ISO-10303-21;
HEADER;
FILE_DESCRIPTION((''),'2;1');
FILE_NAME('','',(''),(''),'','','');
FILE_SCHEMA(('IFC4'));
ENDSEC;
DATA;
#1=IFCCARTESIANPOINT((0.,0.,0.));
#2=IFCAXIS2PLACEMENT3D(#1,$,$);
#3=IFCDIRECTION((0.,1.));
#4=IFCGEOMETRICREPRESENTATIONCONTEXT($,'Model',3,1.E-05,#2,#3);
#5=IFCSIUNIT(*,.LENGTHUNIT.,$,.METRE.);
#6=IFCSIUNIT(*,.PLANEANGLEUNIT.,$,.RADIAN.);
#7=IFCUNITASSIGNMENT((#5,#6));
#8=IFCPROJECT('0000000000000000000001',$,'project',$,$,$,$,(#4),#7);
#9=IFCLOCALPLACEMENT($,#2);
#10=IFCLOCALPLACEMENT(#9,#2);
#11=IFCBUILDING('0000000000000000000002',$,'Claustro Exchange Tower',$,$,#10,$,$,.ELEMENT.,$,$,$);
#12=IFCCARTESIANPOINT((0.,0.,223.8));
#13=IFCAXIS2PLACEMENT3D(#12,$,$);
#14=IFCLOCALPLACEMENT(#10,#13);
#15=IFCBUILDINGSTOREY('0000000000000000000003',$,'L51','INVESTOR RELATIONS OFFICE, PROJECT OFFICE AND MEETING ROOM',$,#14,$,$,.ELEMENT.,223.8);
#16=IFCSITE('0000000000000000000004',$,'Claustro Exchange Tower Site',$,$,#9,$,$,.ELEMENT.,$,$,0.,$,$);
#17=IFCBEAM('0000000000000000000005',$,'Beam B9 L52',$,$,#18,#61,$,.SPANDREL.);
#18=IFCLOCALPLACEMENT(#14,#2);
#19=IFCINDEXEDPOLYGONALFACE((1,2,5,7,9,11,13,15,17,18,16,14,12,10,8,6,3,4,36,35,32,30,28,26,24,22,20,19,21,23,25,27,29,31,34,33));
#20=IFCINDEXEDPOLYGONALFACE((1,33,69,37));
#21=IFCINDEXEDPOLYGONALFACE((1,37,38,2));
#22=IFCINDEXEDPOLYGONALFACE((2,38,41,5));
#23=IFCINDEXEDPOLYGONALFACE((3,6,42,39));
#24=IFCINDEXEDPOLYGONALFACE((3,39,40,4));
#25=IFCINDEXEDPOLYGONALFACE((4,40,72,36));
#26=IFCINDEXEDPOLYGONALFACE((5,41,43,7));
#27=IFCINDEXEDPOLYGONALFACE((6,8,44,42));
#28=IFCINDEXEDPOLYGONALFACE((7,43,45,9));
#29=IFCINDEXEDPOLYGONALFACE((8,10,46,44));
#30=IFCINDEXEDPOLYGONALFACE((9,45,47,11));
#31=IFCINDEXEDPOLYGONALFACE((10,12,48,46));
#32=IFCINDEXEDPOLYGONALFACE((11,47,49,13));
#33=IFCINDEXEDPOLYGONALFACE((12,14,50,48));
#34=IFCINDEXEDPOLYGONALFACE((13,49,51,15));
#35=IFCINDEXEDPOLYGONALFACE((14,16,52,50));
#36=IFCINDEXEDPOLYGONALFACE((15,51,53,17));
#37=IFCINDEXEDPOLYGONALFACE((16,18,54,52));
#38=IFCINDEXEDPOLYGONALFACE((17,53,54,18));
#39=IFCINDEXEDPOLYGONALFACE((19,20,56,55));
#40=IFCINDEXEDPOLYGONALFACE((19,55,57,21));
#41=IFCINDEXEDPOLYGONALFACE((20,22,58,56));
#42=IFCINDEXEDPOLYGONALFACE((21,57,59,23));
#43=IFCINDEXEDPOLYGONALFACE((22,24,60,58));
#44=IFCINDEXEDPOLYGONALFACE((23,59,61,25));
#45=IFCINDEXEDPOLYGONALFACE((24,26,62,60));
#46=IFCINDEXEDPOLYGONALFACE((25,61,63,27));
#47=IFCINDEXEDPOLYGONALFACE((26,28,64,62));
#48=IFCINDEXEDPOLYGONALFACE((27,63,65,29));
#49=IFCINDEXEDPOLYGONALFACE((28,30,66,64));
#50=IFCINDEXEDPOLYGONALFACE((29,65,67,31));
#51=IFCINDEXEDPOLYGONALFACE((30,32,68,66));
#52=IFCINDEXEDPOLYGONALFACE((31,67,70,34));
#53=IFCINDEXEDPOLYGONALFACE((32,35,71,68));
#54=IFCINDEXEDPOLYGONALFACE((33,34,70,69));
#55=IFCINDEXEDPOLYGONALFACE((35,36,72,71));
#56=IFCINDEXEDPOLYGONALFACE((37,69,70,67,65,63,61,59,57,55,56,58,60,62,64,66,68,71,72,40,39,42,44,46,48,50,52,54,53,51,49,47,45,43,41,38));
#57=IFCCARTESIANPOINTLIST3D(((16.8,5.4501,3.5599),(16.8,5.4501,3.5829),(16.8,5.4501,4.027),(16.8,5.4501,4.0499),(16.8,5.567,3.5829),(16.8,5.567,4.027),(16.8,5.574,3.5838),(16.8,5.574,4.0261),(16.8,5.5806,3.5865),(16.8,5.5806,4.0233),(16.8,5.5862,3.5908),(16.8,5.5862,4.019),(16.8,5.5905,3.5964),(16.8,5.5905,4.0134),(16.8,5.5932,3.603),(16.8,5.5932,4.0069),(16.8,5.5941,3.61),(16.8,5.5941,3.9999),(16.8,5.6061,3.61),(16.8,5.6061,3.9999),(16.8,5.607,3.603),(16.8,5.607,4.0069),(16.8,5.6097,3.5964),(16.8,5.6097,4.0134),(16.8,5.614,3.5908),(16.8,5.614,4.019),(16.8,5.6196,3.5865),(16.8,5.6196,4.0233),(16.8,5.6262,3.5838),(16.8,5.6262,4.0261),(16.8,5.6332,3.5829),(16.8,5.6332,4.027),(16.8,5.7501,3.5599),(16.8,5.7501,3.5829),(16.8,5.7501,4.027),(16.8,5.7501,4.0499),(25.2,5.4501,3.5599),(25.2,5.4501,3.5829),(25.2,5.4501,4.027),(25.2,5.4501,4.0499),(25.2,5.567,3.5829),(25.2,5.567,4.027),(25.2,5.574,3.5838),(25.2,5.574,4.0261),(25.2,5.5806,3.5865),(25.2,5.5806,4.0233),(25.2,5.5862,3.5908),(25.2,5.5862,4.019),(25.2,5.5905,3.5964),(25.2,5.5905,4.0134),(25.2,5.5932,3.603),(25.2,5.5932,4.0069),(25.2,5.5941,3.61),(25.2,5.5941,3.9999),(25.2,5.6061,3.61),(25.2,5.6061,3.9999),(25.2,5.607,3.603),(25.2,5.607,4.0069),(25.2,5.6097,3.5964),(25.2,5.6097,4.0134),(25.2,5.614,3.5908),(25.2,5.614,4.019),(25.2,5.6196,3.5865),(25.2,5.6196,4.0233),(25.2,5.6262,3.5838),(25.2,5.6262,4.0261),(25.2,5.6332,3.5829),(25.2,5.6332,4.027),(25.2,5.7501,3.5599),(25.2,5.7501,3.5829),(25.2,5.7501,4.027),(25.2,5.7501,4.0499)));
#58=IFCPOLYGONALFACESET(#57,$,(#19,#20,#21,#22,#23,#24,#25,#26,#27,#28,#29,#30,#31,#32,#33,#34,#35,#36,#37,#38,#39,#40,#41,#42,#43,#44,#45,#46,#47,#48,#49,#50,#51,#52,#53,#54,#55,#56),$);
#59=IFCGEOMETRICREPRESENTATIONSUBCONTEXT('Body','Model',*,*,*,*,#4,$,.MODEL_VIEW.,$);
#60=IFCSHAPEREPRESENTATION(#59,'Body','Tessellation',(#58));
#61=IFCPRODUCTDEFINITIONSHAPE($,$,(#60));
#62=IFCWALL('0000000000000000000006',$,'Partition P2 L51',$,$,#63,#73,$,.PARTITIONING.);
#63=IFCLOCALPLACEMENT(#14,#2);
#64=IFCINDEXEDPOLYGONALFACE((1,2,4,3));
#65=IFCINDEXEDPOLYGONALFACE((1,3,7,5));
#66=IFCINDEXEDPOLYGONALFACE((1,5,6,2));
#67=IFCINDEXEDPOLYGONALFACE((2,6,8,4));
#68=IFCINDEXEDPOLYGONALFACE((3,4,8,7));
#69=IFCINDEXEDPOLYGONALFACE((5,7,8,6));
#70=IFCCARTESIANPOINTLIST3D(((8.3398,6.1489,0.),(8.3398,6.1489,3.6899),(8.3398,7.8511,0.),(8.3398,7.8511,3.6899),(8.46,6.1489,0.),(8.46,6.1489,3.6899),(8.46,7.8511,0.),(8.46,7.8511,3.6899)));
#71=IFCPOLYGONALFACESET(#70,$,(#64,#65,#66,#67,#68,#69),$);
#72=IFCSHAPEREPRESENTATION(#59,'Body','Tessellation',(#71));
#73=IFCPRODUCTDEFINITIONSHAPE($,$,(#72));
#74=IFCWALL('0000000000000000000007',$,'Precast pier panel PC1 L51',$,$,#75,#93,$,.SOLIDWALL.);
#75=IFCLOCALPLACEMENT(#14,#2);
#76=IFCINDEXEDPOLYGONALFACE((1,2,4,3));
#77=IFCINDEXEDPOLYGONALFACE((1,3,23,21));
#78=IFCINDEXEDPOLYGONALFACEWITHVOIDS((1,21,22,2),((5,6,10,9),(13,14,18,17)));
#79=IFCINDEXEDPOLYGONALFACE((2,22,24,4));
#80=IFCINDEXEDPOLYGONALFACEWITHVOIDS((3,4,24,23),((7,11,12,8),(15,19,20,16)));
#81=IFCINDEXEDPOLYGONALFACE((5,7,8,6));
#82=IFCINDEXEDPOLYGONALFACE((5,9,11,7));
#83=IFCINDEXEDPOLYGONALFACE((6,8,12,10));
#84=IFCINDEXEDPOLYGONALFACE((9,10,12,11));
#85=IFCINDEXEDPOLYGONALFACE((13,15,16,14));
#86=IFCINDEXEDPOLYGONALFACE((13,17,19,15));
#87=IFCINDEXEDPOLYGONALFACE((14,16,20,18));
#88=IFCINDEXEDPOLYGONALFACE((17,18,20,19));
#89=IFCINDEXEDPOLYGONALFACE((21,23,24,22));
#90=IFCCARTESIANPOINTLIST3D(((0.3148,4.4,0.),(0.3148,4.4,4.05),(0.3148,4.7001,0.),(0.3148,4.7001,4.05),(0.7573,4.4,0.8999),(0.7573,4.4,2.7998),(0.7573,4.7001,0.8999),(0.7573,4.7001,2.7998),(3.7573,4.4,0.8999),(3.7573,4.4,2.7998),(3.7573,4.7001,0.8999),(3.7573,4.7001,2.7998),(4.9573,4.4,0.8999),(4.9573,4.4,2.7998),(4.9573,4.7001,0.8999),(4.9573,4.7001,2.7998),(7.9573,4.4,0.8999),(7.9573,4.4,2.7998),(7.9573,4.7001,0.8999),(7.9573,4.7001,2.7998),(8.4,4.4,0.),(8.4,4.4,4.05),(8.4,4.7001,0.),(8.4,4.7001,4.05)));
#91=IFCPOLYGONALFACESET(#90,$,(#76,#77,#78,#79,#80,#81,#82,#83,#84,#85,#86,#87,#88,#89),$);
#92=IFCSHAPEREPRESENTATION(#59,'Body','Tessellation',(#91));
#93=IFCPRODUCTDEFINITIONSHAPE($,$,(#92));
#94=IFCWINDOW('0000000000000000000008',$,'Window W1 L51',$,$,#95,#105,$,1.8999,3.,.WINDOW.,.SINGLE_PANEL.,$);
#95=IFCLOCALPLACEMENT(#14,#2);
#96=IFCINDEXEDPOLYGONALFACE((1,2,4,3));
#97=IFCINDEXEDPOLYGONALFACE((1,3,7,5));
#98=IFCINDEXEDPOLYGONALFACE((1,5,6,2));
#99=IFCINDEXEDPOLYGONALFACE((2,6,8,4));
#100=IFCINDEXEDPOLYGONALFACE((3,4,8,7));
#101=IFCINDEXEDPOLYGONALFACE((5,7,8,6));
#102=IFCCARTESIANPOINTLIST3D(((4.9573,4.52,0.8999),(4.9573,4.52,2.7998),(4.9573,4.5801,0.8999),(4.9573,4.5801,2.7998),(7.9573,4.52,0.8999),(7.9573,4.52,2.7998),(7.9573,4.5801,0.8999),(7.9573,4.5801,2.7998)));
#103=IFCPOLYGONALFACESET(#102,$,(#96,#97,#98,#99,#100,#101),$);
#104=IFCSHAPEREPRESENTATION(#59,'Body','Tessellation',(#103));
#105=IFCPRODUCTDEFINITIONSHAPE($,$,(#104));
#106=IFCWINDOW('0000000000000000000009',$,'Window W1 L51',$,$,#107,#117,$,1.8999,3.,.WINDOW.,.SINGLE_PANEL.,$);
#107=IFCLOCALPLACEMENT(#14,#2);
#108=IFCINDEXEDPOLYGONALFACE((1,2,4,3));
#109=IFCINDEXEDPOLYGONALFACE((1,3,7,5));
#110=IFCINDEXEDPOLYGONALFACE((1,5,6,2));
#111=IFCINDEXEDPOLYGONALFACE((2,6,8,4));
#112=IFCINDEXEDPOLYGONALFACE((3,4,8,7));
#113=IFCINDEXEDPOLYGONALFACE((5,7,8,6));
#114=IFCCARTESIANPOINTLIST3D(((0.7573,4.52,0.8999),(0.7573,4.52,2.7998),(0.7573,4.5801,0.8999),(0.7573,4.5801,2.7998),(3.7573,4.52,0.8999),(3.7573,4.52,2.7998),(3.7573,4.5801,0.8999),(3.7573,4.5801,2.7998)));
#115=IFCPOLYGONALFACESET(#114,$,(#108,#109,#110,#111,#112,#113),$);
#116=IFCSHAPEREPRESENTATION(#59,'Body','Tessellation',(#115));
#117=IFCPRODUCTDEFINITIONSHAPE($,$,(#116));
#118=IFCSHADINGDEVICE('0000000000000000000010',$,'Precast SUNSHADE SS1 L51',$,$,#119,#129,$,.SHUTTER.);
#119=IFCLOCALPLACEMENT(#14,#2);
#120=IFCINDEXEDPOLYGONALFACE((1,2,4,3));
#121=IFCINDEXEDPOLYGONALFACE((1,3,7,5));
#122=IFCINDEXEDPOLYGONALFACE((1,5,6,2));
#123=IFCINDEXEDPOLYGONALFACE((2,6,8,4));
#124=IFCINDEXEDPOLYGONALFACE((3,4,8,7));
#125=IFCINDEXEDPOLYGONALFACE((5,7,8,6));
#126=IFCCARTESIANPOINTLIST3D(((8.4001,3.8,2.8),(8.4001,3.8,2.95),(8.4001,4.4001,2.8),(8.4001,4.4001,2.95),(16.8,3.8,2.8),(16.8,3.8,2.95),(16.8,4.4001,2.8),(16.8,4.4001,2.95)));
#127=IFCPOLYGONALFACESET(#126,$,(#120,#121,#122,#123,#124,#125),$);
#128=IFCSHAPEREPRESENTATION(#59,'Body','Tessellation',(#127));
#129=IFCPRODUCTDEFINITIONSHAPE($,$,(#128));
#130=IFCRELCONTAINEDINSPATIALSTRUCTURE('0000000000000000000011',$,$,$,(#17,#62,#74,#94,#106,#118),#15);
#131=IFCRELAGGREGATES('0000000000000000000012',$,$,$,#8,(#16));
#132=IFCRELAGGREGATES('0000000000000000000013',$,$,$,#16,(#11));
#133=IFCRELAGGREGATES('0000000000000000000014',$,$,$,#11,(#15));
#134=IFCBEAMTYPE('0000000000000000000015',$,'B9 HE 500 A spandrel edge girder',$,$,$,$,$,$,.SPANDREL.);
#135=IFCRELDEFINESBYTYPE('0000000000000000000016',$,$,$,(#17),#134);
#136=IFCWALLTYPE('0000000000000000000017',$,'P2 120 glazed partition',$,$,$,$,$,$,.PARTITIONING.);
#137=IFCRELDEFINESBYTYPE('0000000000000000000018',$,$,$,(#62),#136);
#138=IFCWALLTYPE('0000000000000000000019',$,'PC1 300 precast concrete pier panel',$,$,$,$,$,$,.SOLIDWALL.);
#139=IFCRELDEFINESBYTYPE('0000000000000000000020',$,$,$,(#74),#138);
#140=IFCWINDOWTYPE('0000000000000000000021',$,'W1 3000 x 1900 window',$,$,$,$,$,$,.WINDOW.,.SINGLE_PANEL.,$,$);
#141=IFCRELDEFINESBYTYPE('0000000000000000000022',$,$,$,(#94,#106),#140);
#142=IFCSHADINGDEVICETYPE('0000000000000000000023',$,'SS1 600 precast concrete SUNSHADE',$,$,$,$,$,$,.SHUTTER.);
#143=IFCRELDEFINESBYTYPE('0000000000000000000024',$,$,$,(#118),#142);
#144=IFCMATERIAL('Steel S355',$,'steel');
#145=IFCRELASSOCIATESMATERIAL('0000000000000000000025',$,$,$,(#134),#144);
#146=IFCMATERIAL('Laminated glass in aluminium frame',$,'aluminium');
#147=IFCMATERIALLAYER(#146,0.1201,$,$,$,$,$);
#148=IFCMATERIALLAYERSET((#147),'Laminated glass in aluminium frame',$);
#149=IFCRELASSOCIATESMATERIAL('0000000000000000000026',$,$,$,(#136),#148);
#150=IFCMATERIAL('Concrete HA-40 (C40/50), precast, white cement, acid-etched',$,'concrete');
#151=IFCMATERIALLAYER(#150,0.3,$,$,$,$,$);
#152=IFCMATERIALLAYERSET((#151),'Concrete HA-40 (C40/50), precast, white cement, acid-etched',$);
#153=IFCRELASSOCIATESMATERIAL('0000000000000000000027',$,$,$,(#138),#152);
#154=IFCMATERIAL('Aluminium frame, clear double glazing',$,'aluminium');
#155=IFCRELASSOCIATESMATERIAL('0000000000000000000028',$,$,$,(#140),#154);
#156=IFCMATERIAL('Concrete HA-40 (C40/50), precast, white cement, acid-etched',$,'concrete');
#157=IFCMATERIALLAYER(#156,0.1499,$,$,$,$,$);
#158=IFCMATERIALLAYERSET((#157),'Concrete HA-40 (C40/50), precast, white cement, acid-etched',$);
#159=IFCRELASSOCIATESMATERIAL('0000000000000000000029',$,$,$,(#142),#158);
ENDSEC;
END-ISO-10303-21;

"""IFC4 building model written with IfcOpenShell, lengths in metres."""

from ifc_helpers import new_model, si_unit, direction, frame, frame_2d, origin, origin_2d, place, context, subcontext, project, spatial, rectangle, i_section, extrude, material, layer, layer_set, material_profile, profile_set, type_object, element, fill, save


model = new_model("IFC4")

# Units and contexts
model_context = context("Model", 3, precision=1e-05, world=origin(), true_north=direction((0.0, 1.0)))
body_context = subcontext(model_context, "Body", "Model", "MODEL_VIEW")
ifc_project = project(units=[si_unit("LENGTHUNIT", "METRE"), si_unit("PLANEANGLEUNIT", "RADIAN")], contexts=[model_context])

# Site, building, storey
site_placement = place(None, origin())
site = spatial("IfcSite", under=ifc_project, at=site_placement, Name="Claustro Exchange Tower Site", CompositionType="ELEMENT", RefElevation=0.0)
building_placement = place(site_placement, origin())
building = spatial("IfcBuilding", under=site, at=building_placement, Name="Claustro Exchange Tower", CompositionType="ELEMENT")
storey_placement = place(building_placement, frame((0.0, 0.0, 223.8)))
storey = spatial("IfcBuildingStorey", under=building, at=storey_placement, Name="L51", Description="INVESTOR RELATIONS OFFICE, PROJECT OFFICE AND MEETING ROOM", CompositionType="ELEMENT", Elevation=223.8)

# Beam
ifc_material_1 = material(Name="Steel S355", Category="steel")
ifc_material_profile_1 = material_profile(ifc_material_1, i_section(OverallWidth=0.3, OverallDepth=0.49, WebThickness=0.012, FlangeThickness=0.0229, FilletRadius=0.0271, at=origin_2d()), Name="HE 500 A")
ifc_profile_set_1 = profile_set([ifc_material_profile_1], Name="Steel S355")
beam_type_1 = type_object("IfcBeamType", Name="B9 HE 500 A spandrel edge girder", PredefinedType="SPANDREL", material=ifc_profile_set_1)
beam_1_placement = place(storey_placement, frame((16.8, 5.6001, 3.8049), z_axis=(1.0, 0.0, 0.0), x_axis=(0.0, 1.0, 0.0)))
element("IfcBeam", 1, at=beam_1_placement, inside=storey, type_object=beam_type_1, Name="Beam B9 L52", PredefinedType="SPANDREL", context=body_context, shape_type="SweptSolid", body=[
    extrude(i_section(OverallWidth=0.3, OverallDepth=0.49, WebThickness=0.012, FlangeThickness=0.0229, FilletRadius=0.0271, at=origin_2d()), origin(), (0.0, 0.0, 1.0), 8.3999),
])

# Wall
ifc_material_2 = material(Name="Laminated glass in aluminium frame", Category="aluminium")
ifc_layer_1 = layer(ifc_material_2, 0.1201)
ifc_layer_set_1 = layer_set([ifc_layer_1], Name="Laminated glass in aluminium frame")
wall_type_1 = type_object("IfcWallType", Name="P2 120 glazed partition", PredefinedType="PARTITIONING", material=ifc_layer_set_1)
wall_1_placement = place(storey_placement, frame((8.3999, 6.1489, 0.0), z_axis=(0.0, 0.0, 1.0), x_axis=(0.0, 1.0, 0.0)))
element("IfcWall", 2, at=wall_1_placement, inside=storey, type_object=wall_type_1, Name="Partition P2 L51", PredefinedType="PARTITIONING", context=body_context, shape_type="SweptSolid", body=[
    extrude(rectangle(XDim=1.7021, YDim=0.1201, at=frame_2d((0.8511, 0.0))), origin(), (0.0, 0.0, 1.0), 3.6899),
])

# Wall, openings, windows
ifc_material_3 = material(Name="Concrete HA-40 (C40/50), precast, white cement, acid-etched", Category="concrete")
ifc_layer_2 = layer(ifc_material_3, 0.3)
ifc_layer_set_2 = layer_set([ifc_layer_2], Name="Concrete HA-40 (C40/50), precast, white cement, acid-etched")
wall_type_2 = type_object("IfcWallType", Name="PC1 300 precast concrete pier panel", PredefinedType="SOLIDWALL", material=ifc_layer_set_2)
wall_2_placement = place(storey_placement, frame((8.3999, 4.55, 0.0), z_axis=(0.0, 0.0, 1.0), x_axis=(-1.0, 0.0, 0.0)))
wall_2 = element("IfcWall", 3, at=wall_2_placement, inside=storey, type_object=wall_type_2, Name="Precast pier panel PC1 L51", PredefinedType="SOLIDWALL", context=body_context, shape_type="SweptSolid", body=[
    extrude(rectangle(XDim=8.0852, YDim=0.3, at=frame_2d((4.0425, 0.0))), origin(), (0.0, 0.0, 1.0), 4.05),
])
opening_1_placement = place(wall_2_placement, frame((0.4426, 0.0, 0.8999)))
opening_1 = element("IfcOpeningElement", 4, at=opening_1_placement, cuts=wall_2, PredefinedType="OPENING", context=body_context, shape_type="SweptSolid", body=[
    extrude(rectangle(XDim=3.0, YDim=1.8999, at=frame_2d((1.5, 0.95))), frame((0.0, 0.1599, 0.0), z_axis=(0.0, -1.0, 0.0), x_axis=(1.0, 0.0, 0.0)), (0.0, 0.0, 1.0), 0.3201),
])
opening_2_placement = place(wall_2_placement, frame((4.6426, 0.0, 0.8999)))
opening_2 = element("IfcOpeningElement", 5, at=opening_2_placement, cuts=wall_2, PredefinedType="OPENING", context=body_context, shape_type="SweptSolid", body=[
    extrude(rectangle(XDim=3.0, YDim=1.8999, at=frame_2d((1.5, 0.95))), frame((0.0, 0.1599, 0.0), z_axis=(0.0, -1.0, 0.0), x_axis=(1.0, 0.0, 0.0)), (0.0, 0.0, 1.0), 0.3201),
])
ifc_material_4 = material(Name="Aluminium frame, clear double glazing", Category="aluminium")
window_type = type_object("IfcWindowType", Name="W1 3000 x 1900 window", PartitioningType="SINGLE_PANEL", PredefinedType="WINDOW", material=ifc_material_4)
window_1_placement = place(opening_1_placement, origin())
window_1 = element("IfcWindow", 6, at=window_1_placement, inside=storey, type_object=window_type, Name="Window W1 L51", OverallHeight=1.8999, OverallWidth=3.0, PartitioningType="SINGLE_PANEL", PredefinedType="WINDOW", context=body_context, shape_type="SweptSolid", body=[
    extrude(rectangle(XDim=3.0, YDim=1.8999, at=frame_2d((1.5, 0.95))), frame((0.0, 0.03, 0.0), z_axis=(0.0, -1.0, 0.0), x_axis=(1.0, 0.0, 0.0)), (0.0, 0.0, 1.0), 0.0601),
])
fill(opening_1, window_1)
window_2_placement = place(opening_2_placement, origin())
window_2 = element("IfcWindow", 7, at=window_2_placement, inside=storey, type_object=window_type, Name="Window W1 L51", OverallHeight=1.8999, OverallWidth=3.0, PartitioningType="SINGLE_PANEL", PredefinedType="WINDOW", context=body_context, shape_type="SweptSolid", body=[
    extrude(rectangle(XDim=3.0, YDim=1.8999, at=frame_2d((1.5, 0.95))), frame((0.0, 0.03, 0.0), z_axis=(0.0, -1.0, 0.0), x_axis=(1.0, 0.0, 0.0)), (0.0, 0.0, 1.0), 0.0601),
])
fill(opening_2, window_2)

# Shading device
ifc_material_5 = material(Name="Concrete HA-40 (C40/50), precast, white cement, acid-etched", Category="concrete")
ifc_layer_3 = layer(ifc_material_5, 0.1499)
ifc_layer_set_3 = layer_set([ifc_layer_3], Name="Concrete HA-40 (C40/50), precast, white cement, acid-etched")
shading_device_type = type_object("IfcShadingDeviceType", Name="SS1 600 precast concrete SUNSHADE", PredefinedType="SHUTTER", material=ifc_layer_set_3)
shading_device_placement = place(storey_placement, frame((12.6001, 4.1001, 2.8), z_axis=(0.0, 0.0, 1.0), x_axis=(-1.0, 0.0, 0.0)))
element("IfcShadingDevice", 8, at=shading_device_placement, inside=storey, type_object=shading_device_type, Name="Precast SUNSHADE SS1 L51", PredefinedType="SHUTTER", context=body_context, shape_type="SweptSolid", body=[
    extrude(rectangle(XDim=8.3999, YDim=0.6001, at=origin_2d()), origin(), (0.0, 0.0, 1.0), 0.1499),
])

save(model, "model.ifc")
